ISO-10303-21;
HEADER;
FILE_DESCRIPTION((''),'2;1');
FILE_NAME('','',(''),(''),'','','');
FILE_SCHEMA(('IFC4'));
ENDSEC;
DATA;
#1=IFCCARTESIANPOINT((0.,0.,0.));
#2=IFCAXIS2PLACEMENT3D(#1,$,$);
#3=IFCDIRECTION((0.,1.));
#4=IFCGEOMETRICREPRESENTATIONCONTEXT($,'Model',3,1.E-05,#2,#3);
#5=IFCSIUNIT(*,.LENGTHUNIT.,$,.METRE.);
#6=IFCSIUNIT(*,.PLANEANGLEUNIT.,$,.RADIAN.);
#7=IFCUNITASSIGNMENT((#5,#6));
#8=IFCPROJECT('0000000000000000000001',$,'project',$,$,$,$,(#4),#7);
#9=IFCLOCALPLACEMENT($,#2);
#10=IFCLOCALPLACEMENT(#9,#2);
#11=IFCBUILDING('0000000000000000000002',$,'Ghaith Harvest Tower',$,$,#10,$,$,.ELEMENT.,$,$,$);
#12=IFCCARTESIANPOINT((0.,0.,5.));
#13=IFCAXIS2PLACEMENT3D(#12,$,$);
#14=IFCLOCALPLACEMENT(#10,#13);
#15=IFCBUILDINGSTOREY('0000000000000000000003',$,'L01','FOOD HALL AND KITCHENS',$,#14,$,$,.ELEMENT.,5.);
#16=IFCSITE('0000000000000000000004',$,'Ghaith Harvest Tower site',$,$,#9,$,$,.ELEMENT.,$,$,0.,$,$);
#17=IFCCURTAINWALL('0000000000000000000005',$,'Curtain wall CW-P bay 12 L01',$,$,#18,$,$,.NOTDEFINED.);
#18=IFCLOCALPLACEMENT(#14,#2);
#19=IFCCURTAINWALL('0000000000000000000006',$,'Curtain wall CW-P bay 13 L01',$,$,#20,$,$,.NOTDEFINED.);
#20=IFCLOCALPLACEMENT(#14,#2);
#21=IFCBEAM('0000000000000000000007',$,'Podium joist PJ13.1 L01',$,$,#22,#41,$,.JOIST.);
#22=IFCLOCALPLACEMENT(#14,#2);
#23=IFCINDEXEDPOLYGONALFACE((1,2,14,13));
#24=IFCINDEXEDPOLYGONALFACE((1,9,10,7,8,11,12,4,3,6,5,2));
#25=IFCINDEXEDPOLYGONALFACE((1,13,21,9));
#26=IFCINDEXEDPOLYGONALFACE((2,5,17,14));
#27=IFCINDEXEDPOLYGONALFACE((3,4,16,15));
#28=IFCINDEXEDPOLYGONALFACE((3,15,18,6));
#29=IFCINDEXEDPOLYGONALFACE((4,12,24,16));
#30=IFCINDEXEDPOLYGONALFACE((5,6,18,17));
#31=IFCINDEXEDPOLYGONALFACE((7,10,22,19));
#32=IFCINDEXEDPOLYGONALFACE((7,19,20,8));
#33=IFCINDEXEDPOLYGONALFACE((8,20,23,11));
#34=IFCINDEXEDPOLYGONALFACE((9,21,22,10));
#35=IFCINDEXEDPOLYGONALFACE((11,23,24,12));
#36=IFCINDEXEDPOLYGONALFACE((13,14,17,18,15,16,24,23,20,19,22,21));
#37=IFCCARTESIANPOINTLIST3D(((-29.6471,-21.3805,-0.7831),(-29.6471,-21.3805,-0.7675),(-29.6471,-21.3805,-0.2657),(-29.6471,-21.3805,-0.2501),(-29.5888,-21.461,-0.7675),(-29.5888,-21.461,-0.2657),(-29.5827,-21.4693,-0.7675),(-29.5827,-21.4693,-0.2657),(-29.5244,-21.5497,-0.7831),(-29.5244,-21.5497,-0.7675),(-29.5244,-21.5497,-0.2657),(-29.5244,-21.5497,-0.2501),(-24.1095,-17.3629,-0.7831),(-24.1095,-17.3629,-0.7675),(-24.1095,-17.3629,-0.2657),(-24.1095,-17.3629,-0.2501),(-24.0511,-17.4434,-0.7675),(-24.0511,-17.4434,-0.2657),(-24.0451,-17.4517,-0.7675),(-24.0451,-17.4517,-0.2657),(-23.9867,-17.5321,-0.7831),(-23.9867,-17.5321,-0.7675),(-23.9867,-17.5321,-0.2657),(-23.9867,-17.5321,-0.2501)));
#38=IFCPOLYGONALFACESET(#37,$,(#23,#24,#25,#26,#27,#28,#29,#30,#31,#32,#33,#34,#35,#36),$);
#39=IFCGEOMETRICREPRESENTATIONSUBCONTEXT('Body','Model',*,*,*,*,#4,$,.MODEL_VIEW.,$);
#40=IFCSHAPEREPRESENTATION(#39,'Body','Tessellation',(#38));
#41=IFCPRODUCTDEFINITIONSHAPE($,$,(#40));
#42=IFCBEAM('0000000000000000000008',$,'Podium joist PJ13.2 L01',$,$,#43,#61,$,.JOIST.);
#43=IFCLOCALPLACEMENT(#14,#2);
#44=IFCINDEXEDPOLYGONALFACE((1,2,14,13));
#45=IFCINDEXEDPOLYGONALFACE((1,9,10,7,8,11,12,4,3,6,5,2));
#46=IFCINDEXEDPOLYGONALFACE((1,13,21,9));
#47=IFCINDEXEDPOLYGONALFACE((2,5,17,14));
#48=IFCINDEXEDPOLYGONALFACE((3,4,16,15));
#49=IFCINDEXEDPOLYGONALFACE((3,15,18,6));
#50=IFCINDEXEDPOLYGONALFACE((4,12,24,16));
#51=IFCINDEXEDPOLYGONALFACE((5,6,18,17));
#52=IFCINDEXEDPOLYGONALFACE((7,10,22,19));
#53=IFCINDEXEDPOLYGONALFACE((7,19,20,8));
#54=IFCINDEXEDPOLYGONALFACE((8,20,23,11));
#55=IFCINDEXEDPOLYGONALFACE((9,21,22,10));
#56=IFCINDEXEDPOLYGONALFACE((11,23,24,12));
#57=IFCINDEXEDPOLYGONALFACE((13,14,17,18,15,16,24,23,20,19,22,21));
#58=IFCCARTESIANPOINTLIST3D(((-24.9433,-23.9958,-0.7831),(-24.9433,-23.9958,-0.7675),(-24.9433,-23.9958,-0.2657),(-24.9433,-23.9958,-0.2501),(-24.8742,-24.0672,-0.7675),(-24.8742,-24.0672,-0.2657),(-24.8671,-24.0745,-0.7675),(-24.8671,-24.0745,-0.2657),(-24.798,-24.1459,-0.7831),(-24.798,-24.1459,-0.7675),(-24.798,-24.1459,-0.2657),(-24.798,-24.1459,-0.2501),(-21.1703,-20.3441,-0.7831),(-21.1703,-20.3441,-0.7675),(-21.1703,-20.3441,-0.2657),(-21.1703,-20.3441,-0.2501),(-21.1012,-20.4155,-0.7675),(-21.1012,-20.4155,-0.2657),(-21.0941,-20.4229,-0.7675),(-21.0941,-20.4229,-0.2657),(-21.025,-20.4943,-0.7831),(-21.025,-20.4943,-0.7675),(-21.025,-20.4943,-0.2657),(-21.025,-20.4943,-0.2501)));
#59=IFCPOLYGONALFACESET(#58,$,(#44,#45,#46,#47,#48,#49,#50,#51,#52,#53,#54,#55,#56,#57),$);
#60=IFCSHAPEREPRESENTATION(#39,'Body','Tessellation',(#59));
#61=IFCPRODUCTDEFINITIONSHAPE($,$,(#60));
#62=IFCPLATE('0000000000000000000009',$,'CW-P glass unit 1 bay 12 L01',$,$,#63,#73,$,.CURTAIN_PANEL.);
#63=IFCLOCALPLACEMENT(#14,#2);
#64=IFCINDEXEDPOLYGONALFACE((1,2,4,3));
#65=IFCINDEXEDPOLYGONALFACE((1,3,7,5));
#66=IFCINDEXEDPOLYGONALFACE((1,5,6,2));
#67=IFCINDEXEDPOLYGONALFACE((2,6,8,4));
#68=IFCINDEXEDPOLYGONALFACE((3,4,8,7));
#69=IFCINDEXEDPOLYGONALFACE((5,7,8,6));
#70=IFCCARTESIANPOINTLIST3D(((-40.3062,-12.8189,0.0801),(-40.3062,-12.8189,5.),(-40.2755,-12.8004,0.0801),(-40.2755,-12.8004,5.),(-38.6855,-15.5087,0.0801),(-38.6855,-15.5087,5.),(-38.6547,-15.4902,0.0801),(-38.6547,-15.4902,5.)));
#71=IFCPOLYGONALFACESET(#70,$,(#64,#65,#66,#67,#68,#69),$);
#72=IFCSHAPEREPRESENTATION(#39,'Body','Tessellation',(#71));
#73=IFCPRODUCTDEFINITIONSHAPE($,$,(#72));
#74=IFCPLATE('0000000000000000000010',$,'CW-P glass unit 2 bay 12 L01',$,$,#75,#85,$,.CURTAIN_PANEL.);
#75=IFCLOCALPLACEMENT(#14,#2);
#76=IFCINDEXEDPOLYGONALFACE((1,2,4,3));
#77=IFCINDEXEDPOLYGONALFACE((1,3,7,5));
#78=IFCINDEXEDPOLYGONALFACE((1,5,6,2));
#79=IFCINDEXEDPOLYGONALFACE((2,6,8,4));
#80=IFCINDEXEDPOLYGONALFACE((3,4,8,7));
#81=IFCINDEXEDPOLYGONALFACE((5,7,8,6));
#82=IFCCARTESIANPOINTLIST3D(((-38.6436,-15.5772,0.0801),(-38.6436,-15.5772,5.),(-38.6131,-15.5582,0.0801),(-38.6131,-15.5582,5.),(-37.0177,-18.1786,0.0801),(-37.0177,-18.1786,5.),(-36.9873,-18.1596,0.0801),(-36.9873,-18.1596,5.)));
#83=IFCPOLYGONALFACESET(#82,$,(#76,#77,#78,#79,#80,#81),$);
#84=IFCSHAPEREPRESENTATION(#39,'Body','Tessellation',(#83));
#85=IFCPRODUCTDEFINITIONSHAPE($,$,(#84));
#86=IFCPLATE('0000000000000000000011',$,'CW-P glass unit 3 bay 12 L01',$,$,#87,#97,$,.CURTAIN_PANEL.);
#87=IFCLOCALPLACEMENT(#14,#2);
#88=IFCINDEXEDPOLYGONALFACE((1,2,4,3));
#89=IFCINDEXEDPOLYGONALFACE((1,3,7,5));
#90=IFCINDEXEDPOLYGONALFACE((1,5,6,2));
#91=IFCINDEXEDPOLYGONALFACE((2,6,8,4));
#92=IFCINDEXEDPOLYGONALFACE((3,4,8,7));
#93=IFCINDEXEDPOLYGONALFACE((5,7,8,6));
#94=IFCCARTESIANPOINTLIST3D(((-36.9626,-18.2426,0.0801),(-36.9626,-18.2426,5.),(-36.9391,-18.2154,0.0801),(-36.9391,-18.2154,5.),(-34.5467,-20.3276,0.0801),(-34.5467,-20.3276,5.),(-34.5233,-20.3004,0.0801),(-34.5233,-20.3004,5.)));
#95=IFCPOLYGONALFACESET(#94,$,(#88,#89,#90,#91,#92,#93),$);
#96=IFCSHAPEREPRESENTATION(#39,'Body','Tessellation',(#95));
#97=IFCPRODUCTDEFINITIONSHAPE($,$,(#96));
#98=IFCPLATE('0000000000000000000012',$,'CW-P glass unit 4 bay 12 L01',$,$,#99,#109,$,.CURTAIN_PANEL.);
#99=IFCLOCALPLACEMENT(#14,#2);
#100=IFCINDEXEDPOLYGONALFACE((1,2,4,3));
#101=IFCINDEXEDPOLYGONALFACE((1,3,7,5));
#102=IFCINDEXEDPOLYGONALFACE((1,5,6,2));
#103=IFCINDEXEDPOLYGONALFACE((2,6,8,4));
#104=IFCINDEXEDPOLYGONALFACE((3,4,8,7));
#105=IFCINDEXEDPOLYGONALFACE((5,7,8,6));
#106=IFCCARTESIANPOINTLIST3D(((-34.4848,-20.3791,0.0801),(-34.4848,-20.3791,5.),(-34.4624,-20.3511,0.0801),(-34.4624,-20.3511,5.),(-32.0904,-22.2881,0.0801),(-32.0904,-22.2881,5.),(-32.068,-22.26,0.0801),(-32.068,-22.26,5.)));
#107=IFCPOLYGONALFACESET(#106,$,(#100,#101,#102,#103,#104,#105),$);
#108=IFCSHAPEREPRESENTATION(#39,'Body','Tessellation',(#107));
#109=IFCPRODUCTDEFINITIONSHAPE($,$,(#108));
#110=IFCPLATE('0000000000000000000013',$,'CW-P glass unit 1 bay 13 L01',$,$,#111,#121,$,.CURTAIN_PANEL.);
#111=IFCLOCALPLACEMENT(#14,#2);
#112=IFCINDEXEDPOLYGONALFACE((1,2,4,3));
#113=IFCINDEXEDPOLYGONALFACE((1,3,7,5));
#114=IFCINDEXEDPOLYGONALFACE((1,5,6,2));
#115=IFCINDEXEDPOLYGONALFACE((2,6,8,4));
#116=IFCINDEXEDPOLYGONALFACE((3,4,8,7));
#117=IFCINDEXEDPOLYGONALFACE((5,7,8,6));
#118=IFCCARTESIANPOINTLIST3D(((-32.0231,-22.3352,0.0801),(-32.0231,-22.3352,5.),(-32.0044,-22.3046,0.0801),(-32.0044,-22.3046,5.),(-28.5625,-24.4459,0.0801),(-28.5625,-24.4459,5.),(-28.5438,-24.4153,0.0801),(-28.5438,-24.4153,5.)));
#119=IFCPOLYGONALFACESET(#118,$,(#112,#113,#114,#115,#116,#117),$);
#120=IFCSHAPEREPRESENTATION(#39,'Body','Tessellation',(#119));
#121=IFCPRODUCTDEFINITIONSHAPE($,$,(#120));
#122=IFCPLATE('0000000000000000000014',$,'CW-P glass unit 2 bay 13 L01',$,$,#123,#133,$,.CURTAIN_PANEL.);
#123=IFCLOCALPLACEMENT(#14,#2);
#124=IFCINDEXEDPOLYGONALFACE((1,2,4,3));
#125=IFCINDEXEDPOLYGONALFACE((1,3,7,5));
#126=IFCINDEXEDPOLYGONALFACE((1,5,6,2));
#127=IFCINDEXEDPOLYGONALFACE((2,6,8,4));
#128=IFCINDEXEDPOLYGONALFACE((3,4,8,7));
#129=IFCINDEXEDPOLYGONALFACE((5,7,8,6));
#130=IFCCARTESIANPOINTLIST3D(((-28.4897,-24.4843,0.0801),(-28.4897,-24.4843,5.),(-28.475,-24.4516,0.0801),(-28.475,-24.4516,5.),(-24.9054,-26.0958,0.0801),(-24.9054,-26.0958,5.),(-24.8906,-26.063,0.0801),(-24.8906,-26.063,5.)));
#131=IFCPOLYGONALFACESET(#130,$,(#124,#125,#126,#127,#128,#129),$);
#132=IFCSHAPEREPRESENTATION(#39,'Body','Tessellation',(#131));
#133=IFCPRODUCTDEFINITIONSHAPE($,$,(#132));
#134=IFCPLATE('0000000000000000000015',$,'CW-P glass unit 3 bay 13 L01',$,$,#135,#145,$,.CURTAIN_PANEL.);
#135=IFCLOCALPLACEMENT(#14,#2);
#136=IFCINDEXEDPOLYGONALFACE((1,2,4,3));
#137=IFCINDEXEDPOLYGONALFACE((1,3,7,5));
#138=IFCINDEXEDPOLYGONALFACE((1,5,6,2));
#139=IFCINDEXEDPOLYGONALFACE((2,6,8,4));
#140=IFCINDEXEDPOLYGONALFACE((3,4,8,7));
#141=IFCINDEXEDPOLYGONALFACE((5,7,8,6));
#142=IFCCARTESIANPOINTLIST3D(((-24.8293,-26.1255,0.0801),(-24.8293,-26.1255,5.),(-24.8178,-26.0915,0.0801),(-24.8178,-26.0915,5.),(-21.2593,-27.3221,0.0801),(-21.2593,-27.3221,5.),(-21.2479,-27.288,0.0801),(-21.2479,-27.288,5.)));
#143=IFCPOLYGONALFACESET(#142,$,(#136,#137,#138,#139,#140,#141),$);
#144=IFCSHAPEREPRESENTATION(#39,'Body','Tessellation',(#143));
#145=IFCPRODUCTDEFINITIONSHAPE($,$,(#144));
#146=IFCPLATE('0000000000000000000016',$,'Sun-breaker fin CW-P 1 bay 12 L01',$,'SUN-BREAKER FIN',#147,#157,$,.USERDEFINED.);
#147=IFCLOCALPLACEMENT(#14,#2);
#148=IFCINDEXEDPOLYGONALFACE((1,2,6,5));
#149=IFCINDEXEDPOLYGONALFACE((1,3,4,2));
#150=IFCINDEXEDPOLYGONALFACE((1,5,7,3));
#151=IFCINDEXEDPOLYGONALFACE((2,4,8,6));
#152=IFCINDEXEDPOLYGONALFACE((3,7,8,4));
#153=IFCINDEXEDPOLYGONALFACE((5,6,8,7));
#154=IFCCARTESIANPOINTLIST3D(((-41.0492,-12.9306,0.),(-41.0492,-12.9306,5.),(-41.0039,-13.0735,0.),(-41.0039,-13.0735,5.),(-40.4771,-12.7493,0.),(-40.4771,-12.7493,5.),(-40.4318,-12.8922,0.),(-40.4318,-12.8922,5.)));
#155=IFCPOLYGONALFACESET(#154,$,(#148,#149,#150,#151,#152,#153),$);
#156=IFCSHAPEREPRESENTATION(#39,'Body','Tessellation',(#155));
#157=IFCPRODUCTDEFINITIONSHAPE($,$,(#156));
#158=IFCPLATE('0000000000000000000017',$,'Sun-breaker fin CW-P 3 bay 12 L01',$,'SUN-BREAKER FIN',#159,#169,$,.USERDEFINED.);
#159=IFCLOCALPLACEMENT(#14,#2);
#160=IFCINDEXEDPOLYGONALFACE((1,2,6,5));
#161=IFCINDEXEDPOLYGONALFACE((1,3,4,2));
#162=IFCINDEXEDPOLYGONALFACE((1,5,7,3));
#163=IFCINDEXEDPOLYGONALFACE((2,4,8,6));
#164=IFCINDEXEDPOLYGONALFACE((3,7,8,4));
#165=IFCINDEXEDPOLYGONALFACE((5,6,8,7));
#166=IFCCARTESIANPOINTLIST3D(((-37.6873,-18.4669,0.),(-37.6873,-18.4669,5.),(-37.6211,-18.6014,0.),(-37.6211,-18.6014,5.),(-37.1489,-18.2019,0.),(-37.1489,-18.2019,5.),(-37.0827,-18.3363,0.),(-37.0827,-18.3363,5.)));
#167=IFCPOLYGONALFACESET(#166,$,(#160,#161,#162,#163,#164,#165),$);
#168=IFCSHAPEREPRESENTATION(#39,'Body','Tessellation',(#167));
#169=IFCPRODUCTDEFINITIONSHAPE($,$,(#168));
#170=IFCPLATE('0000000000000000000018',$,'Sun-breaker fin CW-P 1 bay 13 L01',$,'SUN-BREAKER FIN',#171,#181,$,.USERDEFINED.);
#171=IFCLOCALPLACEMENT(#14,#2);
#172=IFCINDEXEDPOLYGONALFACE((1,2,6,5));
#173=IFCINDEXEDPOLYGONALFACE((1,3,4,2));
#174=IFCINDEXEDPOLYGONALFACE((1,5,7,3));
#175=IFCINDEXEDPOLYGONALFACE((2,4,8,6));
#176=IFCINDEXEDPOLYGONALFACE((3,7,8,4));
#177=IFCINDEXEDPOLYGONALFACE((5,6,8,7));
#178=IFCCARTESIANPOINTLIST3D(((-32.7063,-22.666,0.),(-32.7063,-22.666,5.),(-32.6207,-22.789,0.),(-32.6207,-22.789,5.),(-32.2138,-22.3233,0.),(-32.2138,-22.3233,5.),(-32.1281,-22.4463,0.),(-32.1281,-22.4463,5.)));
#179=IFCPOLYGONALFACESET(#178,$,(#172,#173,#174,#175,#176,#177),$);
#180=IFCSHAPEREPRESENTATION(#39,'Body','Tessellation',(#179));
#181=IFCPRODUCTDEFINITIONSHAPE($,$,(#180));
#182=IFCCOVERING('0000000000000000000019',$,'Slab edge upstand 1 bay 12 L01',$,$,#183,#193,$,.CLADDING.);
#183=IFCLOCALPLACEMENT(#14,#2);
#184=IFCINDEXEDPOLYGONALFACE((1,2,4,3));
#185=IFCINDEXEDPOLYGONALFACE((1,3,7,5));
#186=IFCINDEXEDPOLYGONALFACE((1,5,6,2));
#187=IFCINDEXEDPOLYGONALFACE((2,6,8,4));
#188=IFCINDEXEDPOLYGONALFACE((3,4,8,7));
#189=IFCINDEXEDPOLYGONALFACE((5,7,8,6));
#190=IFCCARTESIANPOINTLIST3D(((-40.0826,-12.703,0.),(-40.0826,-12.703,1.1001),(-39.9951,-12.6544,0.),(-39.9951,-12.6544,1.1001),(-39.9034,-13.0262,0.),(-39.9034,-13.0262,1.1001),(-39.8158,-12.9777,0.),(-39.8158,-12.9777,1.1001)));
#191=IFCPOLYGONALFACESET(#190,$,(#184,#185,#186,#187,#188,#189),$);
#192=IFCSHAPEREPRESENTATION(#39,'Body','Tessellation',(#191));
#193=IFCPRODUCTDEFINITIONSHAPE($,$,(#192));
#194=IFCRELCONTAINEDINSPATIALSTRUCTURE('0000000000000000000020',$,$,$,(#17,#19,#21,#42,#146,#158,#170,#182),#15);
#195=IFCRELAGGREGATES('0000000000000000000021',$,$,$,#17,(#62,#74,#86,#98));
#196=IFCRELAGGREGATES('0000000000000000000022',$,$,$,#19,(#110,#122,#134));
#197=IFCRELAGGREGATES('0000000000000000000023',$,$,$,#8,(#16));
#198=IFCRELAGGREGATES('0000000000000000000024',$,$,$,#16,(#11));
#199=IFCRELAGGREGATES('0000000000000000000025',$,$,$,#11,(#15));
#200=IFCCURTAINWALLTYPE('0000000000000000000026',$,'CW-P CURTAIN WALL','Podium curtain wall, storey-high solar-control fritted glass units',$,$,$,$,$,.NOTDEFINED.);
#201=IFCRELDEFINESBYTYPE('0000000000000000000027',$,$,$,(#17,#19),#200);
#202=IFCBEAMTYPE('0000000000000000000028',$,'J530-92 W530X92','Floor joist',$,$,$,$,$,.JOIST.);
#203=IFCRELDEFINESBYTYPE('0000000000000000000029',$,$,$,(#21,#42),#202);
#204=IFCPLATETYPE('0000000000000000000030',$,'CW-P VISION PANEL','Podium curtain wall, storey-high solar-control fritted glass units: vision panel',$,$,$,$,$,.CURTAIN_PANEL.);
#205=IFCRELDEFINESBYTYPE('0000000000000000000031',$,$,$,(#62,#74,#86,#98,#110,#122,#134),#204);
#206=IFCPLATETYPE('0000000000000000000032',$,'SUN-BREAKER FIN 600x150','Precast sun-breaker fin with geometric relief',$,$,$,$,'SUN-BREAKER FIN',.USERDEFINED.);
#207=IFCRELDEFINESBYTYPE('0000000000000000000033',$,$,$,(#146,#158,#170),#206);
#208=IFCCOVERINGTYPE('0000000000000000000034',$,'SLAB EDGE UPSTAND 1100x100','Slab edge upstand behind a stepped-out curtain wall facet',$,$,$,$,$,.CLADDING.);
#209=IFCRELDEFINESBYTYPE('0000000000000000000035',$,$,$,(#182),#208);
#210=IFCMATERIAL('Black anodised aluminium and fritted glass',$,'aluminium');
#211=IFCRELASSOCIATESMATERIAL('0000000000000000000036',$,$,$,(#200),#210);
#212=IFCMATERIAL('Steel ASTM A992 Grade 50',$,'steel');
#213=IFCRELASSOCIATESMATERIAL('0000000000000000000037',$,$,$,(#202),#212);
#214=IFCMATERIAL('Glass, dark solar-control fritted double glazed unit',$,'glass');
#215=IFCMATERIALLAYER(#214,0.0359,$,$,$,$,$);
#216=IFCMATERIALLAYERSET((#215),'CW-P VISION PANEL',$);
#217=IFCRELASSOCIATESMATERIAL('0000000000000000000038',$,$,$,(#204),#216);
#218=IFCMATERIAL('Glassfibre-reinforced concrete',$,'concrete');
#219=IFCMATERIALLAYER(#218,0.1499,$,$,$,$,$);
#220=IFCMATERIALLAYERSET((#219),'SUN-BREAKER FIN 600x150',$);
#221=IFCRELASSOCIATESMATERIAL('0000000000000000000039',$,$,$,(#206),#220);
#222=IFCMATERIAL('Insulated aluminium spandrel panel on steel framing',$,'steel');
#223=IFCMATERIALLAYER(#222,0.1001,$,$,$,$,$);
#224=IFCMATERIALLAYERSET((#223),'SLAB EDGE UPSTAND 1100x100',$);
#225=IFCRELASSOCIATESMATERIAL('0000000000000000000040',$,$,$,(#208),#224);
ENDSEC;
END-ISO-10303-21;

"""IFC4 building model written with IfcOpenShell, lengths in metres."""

from ifc_helpers import new_model, si_unit, direction, frame, origin, origin_2d, place, context, subcontext, project, spatial, rectangle, i_section, extrude, material, layer, layer_set, material_profile, profile_set, type_object, element, aggregate, save


model = new_model("IFC4")

# Units and contexts
model_context = context("Model", 3, precision=1e-05, world=origin(), true_north=direction((0.0, 1.0)))
body_context = subcontext(model_context, "Body", "Model", "MODEL_VIEW")
ifc_project = project(units=[si_unit("LENGTHUNIT", "METRE"), si_unit("PLANEANGLEUNIT", "RADIAN")], contexts=[model_context])

# Site, building, storey
site_placement = place(None, origin())
site = spatial("IfcSite", under=ifc_project, at=site_placement, Name="Ghaith Harvest Tower site", CompositionType="ELEMENT", RefElevation=0.0)
building_placement = place(site_placement, origin())
building = spatial("IfcBuilding", under=site, at=building_placement, Name="Ghaith Harvest Tower", CompositionType="ELEMENT")
storey_placement = place(building_placement, frame((0.0, 0.0, 5.0)))
storey = spatial("IfcBuildingStorey", under=building, at=storey_placement, Name="L01", Description="FOOD HALL AND KITCHENS", CompositionType="ELEMENT", Elevation=5.0)

# Curtain walls
ifc_material_1 = material(Name="Black anodised aluminium and fritted glass", Category="aluminium")
curtain_wall_type = type_object("IfcCurtainWallType", Name="CW-P CURTAIN WALL", Description="Podium curtain wall, storey-high solar-control fritted glass units", PredefinedType="NOTDEFINED", material=ifc_material_1)
curtain_wall_1_placement = place(storey_placement, origin())
curtain_wall_1 = element("IfcCurtainWall", 1, at=curtain_wall_1_placement, inside=storey, type_object=curtain_wall_type, Name="Curtain wall CW-P bay 12 L01", PredefinedType="NOTDEFINED")
curtain_wall_2_placement = place(storey_placement, origin())
curtain_wall_2 = element("IfcCurtainWall", 2, at=curtain_wall_2_placement, inside=storey, type_object=curtain_wall_type, Name="Curtain wall CW-P bay 13 L01", PredefinedType="NOTDEFINED")

# Beams
ifc_material_2 = material(Name="Steel ASTM A992 Grade 50", Category="steel")
ifc_material_profile_1 = material_profile(ifc_material_2, i_section(OverallWidth=0.209, OverallDepth=0.533, WebThickness=0.0103, FlangeThickness=0.0156, at=origin_2d()), Name="W530X92")
ifc_profile_set_1 = profile_set([ifc_material_profile_1], Name="Steel ASTM A992 Grade 50")
beam_type_1 = type_object("IfcBeamType", Name="J530-92 W530X92", Description="Floor joist", PredefinedType="JOIST", material=ifc_profile_set_1)
beam_1_placement = place(storey_placement, frame((-24.0481, -17.4475, -0.5166), z_axis=(-0.809415, -0.587238, 0.0), x_axis=(0.587238, -0.809415, 0.0)))
element("IfcBeam", 3, at=beam_1_placement, inside=storey, type_object=beam_type_1, Name="Podium joist PJ13.1 L01", PredefinedType="JOIST", context=body_context, shape_type="SweptSolid", body=[
    extrude(i_section(OverallWidth=0.209, OverallDepth=0.533, WebThickness=0.0103, FlangeThickness=0.0156, at=origin_2d()), origin(), (0.0, 0.0, 1.0), 6.8416),
])
beam_2_placement = place(storey_placement, frame((-21.0977, -20.4192, -0.5166), z_axis=(-0.718567, -0.695458, 0.0), x_axis=(0.695458, -0.718567, 0.0)))
element("IfcBeam", 4, at=beam_2_placement, inside=storey, type_object=beam_type_1, Name="Podium joist PJ13.2 L01", PredefinedType="JOIST", context=body_context, shape_type="SweptSolid", body=[
    extrude(i_section(OverallWidth=0.209, OverallDepth=0.533, WebThickness=0.0103, FlangeThickness=0.0156, at=origin_2d()), origin(), (0.0, 0.0, 1.0), 5.2507),
])

# Plates
ifc_material_3 = material(Name="Glass, dark solar-control fritted double glazed unit", Category="glass")
ifc_layer_1 = layer(ifc_material_3, 0.0359)
ifc_layer_set_1 = layer_set([ifc_layer_1], Name="CW-P VISION PANEL")
plate_type_1 = type_object("IfcPlateType", Name="CW-P VISION PANEL", Description="Podium curtain wall, storey-high solar-control fritted glass units: vision panel", PredefinedType="CURTAIN_PANEL", material=ifc_layer_set_1)
plate_1_placement = place(storey_placement, frame((-39.4805, -14.1545, 0.0801), z_axis=(0.0, 0.0, 1.0), x_axis=(0.516091, -0.856534, 0.0)))
plate_1 = element("IfcPlate", 5, at=plate_1_placement, type_object=plate_type_1, Name="CW-P glass unit 1 bay 12 L01", PredefinedType="CURTAIN_PANEL", context=body_context, shape_type="SweptSolid", body=[
    extrude(rectangle(XDim=3.1404, YDim=0.0359, at=origin_2d()), origin(), (0.0, 0.0, 1.0), 4.9199),
])
plate_2_placement = place(storey_placement, frame((-37.8154, -16.8684, 0.0801), z_axis=(0.0, 0.0, 1.0), x_axis=(0.530001, -0.847997, 0.0)))
plate_2 = element("IfcPlate", 6, at=plate_2_placement, type_object=plate_type_1, Name="CW-P glass unit 2 bay 12 L01", PredefinedType="CURTAIN_PANEL", context=body_context, shape_type="SweptSolid", body=[
    extrude(rectangle(XDim=3.0676, YDim=0.0359, at=origin_2d()), origin(), (0.0, 0.0, 1.0), 4.9199),
])
plate_3_placement = place(storey_placement, frame((-35.7429, -19.2715, 0.0801), z_axis=(0.0, 0.0, 1.0), x_axis=(0.757046, -0.653362, 0.0)))
plate_3 = element("IfcPlate", 7, at=plate_3_placement, type_object=plate_type_1, Name="CW-P glass unit 3 bay 12 L01", PredefinedType="CURTAIN_PANEL", context=body_context, shape_type="SweptSolid", body=[
    extrude(rectangle(XDim=3.1912, YDim=0.0359, at=origin_2d()), origin(), (0.0, 0.0, 1.0), 4.9199),
])
plate_4_placement = place(storey_placement, frame((-33.2764, -21.3196, 0.0801), z_axis=(0.0, 0.0, 1.0), x_axis=(0.781909, -0.623393, 0.0)))
plate_4 = element("IfcPlate", 8, at=plate_4_placement, type_object=plate_type_1, Name="CW-P glass unit 4 bay 12 L01", PredefinedType="CURTAIN_PANEL", context=body_context, shape_type="SweptSolid", body=[
    extrude(rectangle(XDim=3.0623, YDim=0.0359, at=origin_2d()), origin(), (0.0, 0.0, 1.0), 4.9199),
])
aggregate(curtain_wall_1, [plate_1, plate_2, plate_3, plate_4])
plate_5_placement = place(storey_placement, frame((-30.2834, -23.3752, 0.0801), z_axis=(0.0, 0.0, 1.0), x_axis=(0.853735, -0.520708, 0.0)))
plate_5 = element("IfcPlate", 9, at=plate_5_placement, type_object=plate_type_1, Name="CW-P glass unit 1 bay 13 L01", PredefinedType="CURTAIN_PANEL", context=body_context, shape_type="SweptSolid", body=[
    extrude(rectangle(XDim=4.0535, YDim=0.0359, at=origin_2d()), origin(), (0.0, 0.0, 1.0), 4.9199),
])
plate_6_placement = place(storey_placement, frame((-26.6902, -25.2737, 0.0801), z_axis=(0.0, 0.0, 1.0), x_axis=(0.912067, -0.410042, 0.0)))
plate_6 = element("IfcPlate", 10, at=plate_6_placement, type_object=plate_type_1, Name="CW-P glass unit 2 bay 13 L01", PredefinedType="CURTAIN_PANEL", context=body_context, shape_type="SweptSolid", body=[
    extrude(rectangle(XDim=3.9299, YDim=0.0359, at=origin_2d()), origin(), (0.0, 0.0, 1.0), 4.9199),
])
plate_7_placement = place(storey_placement, frame((-23.0386, -26.7068, 0.0801), z_axis=(0.0, 0.0, 1.0), x_axis=(0.948159, -0.317796, 0.0)))
plate_7 = element("IfcPlate", 11, at=plate_7_placement, type_object=plate_type_1, Name="CW-P glass unit 3 bay 13 L01", PredefinedType="CURTAIN_PANEL", context=body_context, shape_type="SweptSolid", body=[
    extrude(rectangle(XDim=3.7651, YDim=0.0359, at=origin_2d()), origin(), (0.0, 0.0, 1.0), 4.9199),
])
aggregate(curtain_wall_2, [plate_5, plate_6, plate_7])

# Plates
ifc_material_4 = material(Name="Glassfibre-reinforced concrete", Category="concrete")
ifc_layer_2 = layer(ifc_material_4, 0.1499)
ifc_layer_set_2 = layer_set([ifc_layer_2], Name="SUN-BREAKER FIN 600x150")
plate_type_2 = type_object("IfcPlateType", Name="SUN-BREAKER FIN 600x150", Description="Precast sun-breaker fin with geometric relief", ElementType="SUN-BREAKER FIN", PredefinedType="USERDEFINED", material=ifc_layer_set_2)
for number, where, z_axis, x_axis, name in (
    (12, (-40.7405, -12.9114, 0.0), (0.0, 0.0, 1.0), (-0.953273, -0.30211, 0.0), "Sun-breaker fin CW-P 1 bay 12 L01"),
    (13, (-37.385, -18.4016, 0.0), (0.0, 0.0, 1.0), (-0.897201, -0.441622, 0.0), "Sun-breaker fin CW-P 3 bay 12 L01"),
    (14, (-32.4172, -22.5562, 0.0), (0.0, 0.0, 1.0), (-0.820845, -0.57115, 0.0), "Sun-breaker fin CW-P 1 bay 13 L01"),
):
    element("IfcPlate", number, at=place(storey_placement, frame(where, z_axis=z_axis, x_axis=x_axis)), inside=storey, type_object=plate_type_2, Name=name, ObjectType="SUN-BREAKER FIN", PredefinedType="USERDEFINED", context=body_context, shape_type="SweptSolid", body=[
        extrude(rectangle(XDim=0.6001, YDim=0.1499, at=origin_2d()), origin(), (0.0, 0.0, 1.0), 5.0),
    ])

# Covering
ifc_material_5 = material(Name="Insulated aluminium spandrel panel on steel framing", Category="steel")
ifc_layer_3 = layer(ifc_material_5, 0.1001)
ifc_layer_set_3 = layer_set([ifc_layer_3], Name="SLAB EDGE UPSTAND 1100x100")
covering_type = type_object("IfcCoveringType", Name="SLAB EDGE UPSTAND 1100x100", Description="Slab edge upstand behind a stepped-out curtain wall facet", PredefinedType="CLADDING", material=ifc_layer_set_3)
covering_1_placement = place(storey_placement, frame((-39.9492, -12.8403, 0.0), z_axis=(0.0, 0.0, 1.0), x_axis=(0.484856, -0.874594, 0.0)))
element("IfcCovering", 15, at=covering_1_placement, inside=storey, type_object=covering_type, Name="Slab edge upstand 1 bay 12 L01", PredefinedType="CLADDING", context=body_context, shape_type="SweptSolid", body=[
    extrude(rectangle(XDim=0.3696, YDim=0.1001, at=origin_2d()), origin(), (0.0, 0.0, 1.0), 1.1001),
])

save(model, "model.ifc")
